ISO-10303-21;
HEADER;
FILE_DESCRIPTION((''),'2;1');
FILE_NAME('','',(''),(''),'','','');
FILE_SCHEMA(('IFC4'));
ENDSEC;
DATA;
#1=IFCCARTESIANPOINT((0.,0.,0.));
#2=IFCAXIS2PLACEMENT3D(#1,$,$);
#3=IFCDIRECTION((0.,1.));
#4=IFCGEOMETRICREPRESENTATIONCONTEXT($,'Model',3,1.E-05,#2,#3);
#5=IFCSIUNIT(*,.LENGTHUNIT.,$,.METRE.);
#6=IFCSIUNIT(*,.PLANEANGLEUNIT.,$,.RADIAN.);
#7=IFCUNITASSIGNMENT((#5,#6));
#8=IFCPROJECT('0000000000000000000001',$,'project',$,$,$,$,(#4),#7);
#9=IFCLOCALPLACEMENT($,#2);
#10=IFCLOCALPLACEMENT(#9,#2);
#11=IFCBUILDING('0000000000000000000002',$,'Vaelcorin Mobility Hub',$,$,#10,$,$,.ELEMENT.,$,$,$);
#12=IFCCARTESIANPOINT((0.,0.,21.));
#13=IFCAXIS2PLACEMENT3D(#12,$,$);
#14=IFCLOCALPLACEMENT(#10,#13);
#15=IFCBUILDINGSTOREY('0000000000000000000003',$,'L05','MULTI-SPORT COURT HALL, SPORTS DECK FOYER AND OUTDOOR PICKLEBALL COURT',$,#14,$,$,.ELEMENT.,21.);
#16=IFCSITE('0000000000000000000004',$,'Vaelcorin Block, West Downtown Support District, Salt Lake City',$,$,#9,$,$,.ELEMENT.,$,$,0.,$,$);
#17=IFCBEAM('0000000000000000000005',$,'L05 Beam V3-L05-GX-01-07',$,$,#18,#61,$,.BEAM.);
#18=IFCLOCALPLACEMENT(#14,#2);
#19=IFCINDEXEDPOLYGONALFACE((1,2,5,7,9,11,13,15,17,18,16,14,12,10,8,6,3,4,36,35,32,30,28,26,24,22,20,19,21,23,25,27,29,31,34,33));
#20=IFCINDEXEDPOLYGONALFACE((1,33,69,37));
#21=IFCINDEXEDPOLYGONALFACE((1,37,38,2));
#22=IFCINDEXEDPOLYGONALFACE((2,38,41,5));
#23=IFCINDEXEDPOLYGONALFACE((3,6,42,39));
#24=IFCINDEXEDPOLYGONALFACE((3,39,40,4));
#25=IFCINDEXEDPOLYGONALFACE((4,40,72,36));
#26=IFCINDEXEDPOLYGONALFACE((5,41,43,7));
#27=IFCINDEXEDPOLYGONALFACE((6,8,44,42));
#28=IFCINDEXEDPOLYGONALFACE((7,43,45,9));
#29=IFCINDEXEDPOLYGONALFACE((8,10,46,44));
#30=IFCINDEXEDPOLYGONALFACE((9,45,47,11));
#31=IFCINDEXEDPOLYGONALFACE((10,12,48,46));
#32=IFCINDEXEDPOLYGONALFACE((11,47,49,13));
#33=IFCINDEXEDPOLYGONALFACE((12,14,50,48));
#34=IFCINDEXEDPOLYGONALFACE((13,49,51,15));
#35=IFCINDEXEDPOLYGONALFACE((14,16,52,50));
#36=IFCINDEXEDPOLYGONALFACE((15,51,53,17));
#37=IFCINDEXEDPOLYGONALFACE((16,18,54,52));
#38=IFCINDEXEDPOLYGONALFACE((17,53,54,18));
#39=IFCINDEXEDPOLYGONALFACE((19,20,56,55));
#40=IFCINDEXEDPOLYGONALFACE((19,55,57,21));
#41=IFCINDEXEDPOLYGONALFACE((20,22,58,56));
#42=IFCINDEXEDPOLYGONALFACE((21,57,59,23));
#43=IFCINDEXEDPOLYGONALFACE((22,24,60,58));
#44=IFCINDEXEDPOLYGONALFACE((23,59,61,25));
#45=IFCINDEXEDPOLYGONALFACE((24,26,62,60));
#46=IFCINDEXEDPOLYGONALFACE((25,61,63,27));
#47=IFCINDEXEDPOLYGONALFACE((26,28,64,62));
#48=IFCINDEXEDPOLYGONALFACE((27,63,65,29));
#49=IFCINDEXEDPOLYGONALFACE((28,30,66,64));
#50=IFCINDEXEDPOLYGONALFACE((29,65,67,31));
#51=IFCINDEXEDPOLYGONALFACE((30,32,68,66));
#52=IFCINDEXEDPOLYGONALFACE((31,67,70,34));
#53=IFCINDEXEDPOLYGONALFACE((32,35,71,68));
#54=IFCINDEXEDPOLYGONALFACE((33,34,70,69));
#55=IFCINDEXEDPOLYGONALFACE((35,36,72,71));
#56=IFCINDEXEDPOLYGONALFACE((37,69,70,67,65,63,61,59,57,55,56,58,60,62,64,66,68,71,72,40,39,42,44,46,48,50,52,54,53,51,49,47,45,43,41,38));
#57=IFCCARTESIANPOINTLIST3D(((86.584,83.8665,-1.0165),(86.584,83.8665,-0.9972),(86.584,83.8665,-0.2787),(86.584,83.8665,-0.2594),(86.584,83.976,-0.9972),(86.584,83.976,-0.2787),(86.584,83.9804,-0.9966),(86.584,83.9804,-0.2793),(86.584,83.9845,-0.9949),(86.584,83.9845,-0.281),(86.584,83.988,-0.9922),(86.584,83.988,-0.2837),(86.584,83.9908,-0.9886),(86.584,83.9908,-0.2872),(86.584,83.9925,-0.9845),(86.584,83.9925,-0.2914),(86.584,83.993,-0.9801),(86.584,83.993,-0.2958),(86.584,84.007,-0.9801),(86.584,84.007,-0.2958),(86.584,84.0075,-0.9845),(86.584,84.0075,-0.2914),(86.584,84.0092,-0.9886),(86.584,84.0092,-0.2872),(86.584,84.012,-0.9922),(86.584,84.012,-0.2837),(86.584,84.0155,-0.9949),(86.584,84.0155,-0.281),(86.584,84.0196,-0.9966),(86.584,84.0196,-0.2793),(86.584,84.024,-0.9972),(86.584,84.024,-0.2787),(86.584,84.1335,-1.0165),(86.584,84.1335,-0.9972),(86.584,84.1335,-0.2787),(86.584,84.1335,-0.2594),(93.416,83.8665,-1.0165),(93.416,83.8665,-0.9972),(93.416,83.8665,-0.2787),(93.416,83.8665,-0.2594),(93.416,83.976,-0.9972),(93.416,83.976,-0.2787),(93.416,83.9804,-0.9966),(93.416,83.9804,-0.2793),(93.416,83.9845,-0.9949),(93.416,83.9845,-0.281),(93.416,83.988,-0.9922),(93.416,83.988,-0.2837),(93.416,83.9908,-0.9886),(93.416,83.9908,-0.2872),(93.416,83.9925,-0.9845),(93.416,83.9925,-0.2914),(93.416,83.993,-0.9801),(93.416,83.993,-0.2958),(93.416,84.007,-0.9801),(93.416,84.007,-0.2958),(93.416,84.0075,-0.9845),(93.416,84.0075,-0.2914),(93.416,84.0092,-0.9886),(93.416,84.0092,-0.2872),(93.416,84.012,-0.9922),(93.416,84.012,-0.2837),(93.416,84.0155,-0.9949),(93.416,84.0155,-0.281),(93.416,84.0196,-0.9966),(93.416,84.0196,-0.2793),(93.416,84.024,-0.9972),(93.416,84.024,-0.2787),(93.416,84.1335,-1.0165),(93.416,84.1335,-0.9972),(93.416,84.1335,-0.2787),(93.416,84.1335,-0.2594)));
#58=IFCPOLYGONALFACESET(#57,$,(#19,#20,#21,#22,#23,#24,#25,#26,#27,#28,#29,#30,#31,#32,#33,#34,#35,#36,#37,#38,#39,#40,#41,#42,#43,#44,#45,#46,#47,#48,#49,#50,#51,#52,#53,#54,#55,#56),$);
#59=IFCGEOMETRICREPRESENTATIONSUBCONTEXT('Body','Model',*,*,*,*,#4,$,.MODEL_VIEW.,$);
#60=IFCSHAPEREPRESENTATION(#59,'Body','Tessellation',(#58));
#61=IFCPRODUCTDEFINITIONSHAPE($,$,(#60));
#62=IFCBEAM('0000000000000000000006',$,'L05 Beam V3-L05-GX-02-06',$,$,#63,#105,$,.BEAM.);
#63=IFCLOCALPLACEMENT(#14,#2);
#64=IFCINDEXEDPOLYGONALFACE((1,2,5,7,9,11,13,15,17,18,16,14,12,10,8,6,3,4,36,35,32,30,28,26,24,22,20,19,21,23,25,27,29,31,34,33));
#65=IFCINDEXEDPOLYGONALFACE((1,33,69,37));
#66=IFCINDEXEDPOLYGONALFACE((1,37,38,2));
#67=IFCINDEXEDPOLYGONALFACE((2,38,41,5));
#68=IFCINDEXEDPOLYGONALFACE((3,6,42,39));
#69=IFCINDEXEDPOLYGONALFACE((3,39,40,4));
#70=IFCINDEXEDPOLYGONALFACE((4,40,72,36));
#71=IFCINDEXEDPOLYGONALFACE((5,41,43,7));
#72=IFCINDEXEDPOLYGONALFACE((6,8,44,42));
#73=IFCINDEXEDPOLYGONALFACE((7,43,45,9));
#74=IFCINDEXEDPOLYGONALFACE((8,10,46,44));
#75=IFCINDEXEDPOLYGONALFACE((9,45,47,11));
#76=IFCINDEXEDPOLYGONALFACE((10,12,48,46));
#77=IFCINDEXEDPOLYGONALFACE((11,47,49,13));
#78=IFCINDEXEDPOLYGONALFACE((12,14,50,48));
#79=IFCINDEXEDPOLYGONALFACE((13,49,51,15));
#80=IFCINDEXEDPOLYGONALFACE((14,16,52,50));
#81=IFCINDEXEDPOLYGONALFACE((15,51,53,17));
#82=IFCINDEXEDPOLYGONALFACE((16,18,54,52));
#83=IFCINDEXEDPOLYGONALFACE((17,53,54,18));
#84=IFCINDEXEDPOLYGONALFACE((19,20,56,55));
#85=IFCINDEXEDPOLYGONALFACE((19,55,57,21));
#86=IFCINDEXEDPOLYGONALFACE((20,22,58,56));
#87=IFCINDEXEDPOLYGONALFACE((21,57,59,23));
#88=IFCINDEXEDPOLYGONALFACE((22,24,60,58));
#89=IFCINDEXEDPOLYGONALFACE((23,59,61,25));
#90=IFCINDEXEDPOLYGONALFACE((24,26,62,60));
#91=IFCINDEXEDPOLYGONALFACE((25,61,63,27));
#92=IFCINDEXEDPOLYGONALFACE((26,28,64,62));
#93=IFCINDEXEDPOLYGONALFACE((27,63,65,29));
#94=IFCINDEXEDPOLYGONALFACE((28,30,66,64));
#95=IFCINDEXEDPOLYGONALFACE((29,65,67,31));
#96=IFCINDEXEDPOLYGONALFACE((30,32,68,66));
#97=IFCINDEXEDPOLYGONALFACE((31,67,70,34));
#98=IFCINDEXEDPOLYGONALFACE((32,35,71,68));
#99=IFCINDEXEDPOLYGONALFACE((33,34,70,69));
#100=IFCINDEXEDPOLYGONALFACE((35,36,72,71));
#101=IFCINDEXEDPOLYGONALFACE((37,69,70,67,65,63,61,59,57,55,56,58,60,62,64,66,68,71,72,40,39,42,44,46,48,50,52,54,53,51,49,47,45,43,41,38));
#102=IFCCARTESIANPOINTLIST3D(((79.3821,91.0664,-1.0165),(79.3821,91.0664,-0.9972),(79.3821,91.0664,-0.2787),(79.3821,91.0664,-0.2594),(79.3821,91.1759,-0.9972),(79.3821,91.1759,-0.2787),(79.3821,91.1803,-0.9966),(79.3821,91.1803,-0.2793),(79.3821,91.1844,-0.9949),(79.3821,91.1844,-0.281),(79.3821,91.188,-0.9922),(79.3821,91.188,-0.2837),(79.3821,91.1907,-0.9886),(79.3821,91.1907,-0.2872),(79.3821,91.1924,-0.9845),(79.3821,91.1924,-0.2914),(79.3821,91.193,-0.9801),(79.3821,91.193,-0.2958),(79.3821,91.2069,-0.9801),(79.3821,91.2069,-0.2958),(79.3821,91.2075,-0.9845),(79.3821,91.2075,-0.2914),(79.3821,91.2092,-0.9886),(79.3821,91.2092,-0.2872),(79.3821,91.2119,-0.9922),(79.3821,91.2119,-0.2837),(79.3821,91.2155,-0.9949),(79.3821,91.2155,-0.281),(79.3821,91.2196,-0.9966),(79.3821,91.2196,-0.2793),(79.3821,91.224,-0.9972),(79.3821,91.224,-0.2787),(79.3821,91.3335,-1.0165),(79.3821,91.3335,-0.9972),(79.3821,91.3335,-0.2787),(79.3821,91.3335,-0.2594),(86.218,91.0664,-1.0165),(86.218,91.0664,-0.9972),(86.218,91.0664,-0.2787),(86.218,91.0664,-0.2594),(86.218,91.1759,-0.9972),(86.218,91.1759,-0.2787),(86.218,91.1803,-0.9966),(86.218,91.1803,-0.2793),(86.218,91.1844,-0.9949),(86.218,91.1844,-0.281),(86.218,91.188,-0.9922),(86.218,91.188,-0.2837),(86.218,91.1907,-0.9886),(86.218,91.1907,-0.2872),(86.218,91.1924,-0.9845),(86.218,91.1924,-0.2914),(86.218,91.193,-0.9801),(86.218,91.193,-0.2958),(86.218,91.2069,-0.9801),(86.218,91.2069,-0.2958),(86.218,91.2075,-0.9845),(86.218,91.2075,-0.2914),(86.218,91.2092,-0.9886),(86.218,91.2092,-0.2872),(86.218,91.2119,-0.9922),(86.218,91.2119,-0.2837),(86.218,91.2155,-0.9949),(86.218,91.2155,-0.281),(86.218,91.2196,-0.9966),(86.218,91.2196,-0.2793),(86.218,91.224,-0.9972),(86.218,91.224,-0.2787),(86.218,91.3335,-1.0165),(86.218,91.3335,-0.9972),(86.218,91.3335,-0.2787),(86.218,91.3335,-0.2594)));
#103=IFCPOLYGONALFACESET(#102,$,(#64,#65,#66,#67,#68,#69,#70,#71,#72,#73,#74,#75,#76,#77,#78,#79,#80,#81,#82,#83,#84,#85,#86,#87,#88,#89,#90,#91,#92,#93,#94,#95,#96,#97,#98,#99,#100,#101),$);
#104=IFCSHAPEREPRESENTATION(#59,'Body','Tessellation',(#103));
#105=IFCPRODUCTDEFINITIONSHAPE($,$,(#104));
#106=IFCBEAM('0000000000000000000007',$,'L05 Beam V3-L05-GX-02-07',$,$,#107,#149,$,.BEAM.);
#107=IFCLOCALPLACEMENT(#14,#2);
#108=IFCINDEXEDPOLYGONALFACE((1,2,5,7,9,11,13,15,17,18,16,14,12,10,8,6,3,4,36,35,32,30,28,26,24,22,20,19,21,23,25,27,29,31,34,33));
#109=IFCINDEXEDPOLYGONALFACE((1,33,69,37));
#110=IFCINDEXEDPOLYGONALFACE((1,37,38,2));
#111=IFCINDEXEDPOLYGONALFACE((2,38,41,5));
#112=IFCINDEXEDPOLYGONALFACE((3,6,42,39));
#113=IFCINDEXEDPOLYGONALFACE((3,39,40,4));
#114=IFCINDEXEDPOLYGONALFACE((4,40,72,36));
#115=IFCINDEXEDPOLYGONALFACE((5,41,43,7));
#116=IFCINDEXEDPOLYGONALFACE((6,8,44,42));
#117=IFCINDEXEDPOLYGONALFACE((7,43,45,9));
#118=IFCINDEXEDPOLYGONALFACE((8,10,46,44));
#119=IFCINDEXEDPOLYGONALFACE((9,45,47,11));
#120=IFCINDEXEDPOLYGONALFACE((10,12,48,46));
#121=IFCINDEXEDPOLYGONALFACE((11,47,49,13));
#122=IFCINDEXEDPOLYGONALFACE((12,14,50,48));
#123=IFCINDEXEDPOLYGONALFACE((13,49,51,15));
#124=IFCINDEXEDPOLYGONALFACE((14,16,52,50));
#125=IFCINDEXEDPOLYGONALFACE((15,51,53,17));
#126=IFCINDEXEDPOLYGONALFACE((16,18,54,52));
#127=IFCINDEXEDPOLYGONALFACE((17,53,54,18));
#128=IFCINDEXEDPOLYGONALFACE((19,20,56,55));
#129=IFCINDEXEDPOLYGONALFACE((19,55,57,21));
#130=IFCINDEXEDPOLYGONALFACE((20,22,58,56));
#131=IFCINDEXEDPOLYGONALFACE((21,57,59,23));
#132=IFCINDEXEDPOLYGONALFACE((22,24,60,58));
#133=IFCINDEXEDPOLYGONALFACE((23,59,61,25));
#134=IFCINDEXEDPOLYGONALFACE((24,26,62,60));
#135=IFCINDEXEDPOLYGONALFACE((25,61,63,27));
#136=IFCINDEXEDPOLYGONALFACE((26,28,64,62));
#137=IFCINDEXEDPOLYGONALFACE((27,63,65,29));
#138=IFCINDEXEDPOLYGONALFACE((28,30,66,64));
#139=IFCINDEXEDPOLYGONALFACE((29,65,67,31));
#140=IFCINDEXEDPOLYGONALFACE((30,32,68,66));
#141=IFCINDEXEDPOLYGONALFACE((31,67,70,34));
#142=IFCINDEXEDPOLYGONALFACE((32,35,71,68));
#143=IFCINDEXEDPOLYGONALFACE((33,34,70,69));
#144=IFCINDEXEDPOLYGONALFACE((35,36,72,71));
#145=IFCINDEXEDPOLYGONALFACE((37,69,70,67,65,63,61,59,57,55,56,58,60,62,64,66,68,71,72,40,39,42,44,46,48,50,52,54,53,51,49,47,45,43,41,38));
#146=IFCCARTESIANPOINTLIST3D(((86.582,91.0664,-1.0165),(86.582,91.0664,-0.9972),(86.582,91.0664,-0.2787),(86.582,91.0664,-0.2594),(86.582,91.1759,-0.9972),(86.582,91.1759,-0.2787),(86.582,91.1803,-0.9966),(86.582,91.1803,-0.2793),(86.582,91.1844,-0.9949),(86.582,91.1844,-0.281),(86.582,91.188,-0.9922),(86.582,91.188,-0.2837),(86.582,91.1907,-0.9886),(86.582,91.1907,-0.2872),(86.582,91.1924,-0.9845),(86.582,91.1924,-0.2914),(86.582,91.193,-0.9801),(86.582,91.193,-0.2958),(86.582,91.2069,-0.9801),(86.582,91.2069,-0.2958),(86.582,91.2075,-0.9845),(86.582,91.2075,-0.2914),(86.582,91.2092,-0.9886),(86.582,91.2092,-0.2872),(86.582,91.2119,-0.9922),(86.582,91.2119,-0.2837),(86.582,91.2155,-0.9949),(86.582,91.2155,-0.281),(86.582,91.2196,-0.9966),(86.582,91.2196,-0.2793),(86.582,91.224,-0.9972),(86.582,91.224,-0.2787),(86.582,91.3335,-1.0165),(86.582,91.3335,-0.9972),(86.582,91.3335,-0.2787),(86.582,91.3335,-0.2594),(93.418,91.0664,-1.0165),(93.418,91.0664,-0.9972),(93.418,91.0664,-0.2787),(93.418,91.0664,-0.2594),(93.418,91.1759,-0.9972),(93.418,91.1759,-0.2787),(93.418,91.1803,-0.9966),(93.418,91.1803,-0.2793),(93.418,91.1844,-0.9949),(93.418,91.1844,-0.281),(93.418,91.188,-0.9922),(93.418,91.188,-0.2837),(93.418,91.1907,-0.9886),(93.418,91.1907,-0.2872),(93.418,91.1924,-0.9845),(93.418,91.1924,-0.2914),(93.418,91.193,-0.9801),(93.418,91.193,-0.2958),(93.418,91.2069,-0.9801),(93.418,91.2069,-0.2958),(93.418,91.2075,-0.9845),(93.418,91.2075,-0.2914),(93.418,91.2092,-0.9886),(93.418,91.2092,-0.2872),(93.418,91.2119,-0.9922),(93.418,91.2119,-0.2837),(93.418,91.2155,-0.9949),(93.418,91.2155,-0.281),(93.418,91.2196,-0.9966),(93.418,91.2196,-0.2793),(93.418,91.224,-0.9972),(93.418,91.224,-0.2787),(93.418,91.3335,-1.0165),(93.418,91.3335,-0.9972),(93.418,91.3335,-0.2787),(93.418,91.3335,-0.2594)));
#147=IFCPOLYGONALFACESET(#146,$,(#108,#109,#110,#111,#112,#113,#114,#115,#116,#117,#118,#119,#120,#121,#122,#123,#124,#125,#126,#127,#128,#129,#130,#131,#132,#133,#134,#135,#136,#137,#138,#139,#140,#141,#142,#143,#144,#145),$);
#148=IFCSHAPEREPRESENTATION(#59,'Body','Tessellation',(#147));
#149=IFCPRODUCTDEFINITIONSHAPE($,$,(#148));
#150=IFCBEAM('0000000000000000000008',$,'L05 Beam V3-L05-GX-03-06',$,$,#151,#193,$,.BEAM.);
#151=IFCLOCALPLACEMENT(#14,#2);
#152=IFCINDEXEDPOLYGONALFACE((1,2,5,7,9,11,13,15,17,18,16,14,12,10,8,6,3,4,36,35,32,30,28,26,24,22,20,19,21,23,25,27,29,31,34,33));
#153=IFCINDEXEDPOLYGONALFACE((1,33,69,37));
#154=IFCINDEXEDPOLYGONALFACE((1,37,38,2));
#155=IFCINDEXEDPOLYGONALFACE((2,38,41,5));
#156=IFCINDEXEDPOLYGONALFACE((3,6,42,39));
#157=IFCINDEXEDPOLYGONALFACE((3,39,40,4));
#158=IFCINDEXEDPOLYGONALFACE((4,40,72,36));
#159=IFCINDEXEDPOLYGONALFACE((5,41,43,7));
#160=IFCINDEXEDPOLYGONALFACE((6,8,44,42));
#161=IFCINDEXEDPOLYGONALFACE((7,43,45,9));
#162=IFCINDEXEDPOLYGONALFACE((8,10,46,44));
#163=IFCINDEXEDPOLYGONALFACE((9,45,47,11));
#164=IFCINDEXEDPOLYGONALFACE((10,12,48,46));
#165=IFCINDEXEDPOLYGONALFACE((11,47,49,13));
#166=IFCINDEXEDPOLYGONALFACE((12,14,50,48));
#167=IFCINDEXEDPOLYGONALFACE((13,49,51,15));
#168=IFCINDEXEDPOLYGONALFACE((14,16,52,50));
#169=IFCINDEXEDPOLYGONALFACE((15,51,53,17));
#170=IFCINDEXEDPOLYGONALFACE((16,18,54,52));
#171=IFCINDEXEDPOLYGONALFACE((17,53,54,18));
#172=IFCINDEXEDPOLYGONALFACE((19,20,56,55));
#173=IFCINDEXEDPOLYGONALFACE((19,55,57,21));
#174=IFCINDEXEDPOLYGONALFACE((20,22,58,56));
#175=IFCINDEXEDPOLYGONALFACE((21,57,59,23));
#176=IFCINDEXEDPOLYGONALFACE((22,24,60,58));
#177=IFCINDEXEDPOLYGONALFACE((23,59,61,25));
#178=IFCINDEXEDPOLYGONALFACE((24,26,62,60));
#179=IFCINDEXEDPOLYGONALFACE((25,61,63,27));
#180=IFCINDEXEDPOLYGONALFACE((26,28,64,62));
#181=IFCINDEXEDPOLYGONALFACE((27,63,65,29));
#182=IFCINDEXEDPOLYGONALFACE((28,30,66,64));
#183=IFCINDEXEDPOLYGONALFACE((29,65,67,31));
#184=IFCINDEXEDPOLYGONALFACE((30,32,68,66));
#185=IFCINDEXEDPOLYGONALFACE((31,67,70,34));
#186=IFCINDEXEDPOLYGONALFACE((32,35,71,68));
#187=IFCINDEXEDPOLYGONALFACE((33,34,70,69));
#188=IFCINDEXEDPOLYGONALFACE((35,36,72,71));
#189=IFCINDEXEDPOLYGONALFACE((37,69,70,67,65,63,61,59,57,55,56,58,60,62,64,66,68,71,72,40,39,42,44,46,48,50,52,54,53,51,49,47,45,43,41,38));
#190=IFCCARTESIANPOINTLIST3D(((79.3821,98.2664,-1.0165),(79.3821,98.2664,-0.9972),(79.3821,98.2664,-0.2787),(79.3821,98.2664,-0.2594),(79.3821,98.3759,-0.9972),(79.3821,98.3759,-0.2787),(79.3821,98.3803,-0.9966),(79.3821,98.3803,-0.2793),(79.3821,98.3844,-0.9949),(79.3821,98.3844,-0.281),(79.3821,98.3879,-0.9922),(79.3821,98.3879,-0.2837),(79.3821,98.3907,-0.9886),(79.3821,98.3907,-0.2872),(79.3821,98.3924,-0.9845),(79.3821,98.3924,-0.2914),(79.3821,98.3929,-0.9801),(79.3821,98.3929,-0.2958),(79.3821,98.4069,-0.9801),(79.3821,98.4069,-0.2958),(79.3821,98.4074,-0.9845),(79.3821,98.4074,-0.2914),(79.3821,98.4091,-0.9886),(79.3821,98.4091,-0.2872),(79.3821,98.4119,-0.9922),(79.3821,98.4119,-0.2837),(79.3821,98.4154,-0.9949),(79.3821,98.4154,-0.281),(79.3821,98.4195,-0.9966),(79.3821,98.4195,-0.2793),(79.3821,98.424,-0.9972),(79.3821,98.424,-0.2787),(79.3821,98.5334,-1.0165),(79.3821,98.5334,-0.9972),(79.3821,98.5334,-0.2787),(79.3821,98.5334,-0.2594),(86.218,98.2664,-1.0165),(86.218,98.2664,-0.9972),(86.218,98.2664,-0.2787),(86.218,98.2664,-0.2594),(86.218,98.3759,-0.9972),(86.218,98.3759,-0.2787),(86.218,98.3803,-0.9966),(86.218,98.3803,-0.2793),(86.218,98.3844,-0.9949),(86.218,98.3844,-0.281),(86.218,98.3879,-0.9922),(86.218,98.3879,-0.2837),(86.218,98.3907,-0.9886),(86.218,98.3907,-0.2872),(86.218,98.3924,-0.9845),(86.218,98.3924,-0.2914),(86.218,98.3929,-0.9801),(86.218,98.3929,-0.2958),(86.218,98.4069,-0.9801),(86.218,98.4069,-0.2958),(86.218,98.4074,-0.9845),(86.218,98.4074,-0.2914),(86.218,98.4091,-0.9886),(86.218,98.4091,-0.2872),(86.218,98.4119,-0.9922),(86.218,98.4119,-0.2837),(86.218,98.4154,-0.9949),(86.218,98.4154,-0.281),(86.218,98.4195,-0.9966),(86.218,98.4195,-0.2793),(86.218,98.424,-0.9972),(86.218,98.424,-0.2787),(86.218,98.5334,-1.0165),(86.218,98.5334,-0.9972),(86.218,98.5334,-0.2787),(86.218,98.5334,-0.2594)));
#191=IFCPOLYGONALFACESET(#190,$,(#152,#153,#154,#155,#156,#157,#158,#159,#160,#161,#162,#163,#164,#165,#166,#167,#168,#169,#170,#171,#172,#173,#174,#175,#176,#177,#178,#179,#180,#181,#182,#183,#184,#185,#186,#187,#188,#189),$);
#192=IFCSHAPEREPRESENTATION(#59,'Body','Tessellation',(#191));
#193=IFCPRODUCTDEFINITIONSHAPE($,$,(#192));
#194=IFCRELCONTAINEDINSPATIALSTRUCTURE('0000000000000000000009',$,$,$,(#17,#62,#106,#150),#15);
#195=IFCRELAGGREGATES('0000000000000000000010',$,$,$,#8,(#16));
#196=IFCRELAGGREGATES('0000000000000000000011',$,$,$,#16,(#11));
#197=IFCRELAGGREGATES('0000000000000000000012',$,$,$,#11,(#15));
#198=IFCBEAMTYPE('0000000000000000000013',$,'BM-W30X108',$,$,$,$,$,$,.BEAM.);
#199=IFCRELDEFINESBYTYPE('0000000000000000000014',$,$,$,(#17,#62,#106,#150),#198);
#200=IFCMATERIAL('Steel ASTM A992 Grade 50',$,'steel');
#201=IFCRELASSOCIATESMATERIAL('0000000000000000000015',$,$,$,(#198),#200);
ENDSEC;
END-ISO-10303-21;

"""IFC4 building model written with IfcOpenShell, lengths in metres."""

from ifc_helpers import new_model, si_unit, direction, frame, origin, origin_2d, place, context, subcontext, project, spatial, i_section, extrude, material, material_profile, profile_set, type_object, element, save


model = new_model("IFC4")

# Units and contexts
model_context = context("Model", 3, precision=1e-05, world=origin(), true_north=direction((0.0, 1.0)))
body_context = subcontext(model_context, "Body", "Model", "MODEL_VIEW")
ifc_project = project(units=[si_unit("LENGTHUNIT", "METRE"), si_unit("PLANEANGLEUNIT", "RADIAN")], contexts=[model_context])

# Site, building, storey
site_placement = place(None, origin())
site = spatial("IfcSite", under=ifc_project, at=site_placement, Name="Vaelcorin Block, West Downtown Support District, Salt Lake City", CompositionType="ELEMENT", RefElevation=0.0)
building_placement = place(site_placement, origin())
building = spatial("IfcBuilding", under=site, at=building_placement, Name="Vaelcorin Mobility Hub", CompositionType="ELEMENT")
storey_placement = place(building_placement, frame((0.0, 0.0, 21.0)))
storey = spatial("IfcBuildingStorey", under=building, at=storey_placement, Name="L05", Description="MULTI-SPORT COURT HALL, SPORTS DECK FOYER AND OUTDOOR PICKLEBALL COURT", CompositionType="ELEMENT", Elevation=21.0)

# Shared definitions
ifc_material_1 = material(Name="Steel ASTM A992 Grade 50", Category="steel")

# Beams
ifc_material_profile_1 = material_profile(ifc_material_1, i_section(OverallWidth=0.2671, OverallDepth=0.7571, WebThickness=0.0139, FlangeThickness=0.0193, FilletRadius=0.0171, at=origin_2d()), Name="W30X108")
ifc_profile_set_1 = profile_set([ifc_material_profile_1], Name="Steel ASTM A992 Grade 50")
beam_type_1 = type_object("IfcBeamType", Name="BM-W30X108", PredefinedType="BEAM", material=ifc_profile_set_1)
beam_1_placement = place(storey_placement, frame((86.584, 84.0, -0.6379), z_axis=(1.0, 0.0, 0.0), x_axis=(0.0, 1.0, 0.0)))
element("IfcBeam", 1, at=beam_1_placement, inside=storey, type_object=beam_type_1, Name="L05 Beam V3-L05-GX-01-07", PredefinedType="BEAM", context=body_context, shape_type="SweptSolid", body=[
    extrude(i_section(OverallWidth=0.2671, OverallDepth=0.7571, WebThickness=0.0139, FlangeThickness=0.0193, FilletRadius=0.0171, at=origin_2d()), origin(), (0.0, 0.0, 1.0), 6.832),
])
for number, where, z_axis, x_axis, name in (
    (2, (79.3821, 91.2, -0.6379), (1.0, 0.0, 0.0), (0.0, 1.0, 0.0), "L05 Beam V3-L05-GX-02-06"),
    (3, (86.582, 91.2, -0.6379), (1.0, 0.0, 0.0), (0.0, 1.0, 0.0), "L05 Beam V3-L05-GX-02-07"),
    (4, (79.3821, 98.3999, -0.6379), (1.0, 0.0, 0.0), (0.0, 1.0, 0.0), "L05 Beam V3-L05-GX-03-06"),
):
    element("IfcBeam", number, at=place(storey_placement, frame(where, z_axis=z_axis, x_axis=x_axis)), inside=storey, type_object=beam_type_1, Name=name, PredefinedType="BEAM", context=body_context, shape_type="SweptSolid", body=[
        extrude(i_section(OverallWidth=0.2671, OverallDepth=0.7571, WebThickness=0.0139, FlangeThickness=0.0193, FilletRadius=0.0171, at=origin_2d()), origin(), (0.0, 0.0, 1.0), 6.8359),
    ])

save(model, "model.ifc")
